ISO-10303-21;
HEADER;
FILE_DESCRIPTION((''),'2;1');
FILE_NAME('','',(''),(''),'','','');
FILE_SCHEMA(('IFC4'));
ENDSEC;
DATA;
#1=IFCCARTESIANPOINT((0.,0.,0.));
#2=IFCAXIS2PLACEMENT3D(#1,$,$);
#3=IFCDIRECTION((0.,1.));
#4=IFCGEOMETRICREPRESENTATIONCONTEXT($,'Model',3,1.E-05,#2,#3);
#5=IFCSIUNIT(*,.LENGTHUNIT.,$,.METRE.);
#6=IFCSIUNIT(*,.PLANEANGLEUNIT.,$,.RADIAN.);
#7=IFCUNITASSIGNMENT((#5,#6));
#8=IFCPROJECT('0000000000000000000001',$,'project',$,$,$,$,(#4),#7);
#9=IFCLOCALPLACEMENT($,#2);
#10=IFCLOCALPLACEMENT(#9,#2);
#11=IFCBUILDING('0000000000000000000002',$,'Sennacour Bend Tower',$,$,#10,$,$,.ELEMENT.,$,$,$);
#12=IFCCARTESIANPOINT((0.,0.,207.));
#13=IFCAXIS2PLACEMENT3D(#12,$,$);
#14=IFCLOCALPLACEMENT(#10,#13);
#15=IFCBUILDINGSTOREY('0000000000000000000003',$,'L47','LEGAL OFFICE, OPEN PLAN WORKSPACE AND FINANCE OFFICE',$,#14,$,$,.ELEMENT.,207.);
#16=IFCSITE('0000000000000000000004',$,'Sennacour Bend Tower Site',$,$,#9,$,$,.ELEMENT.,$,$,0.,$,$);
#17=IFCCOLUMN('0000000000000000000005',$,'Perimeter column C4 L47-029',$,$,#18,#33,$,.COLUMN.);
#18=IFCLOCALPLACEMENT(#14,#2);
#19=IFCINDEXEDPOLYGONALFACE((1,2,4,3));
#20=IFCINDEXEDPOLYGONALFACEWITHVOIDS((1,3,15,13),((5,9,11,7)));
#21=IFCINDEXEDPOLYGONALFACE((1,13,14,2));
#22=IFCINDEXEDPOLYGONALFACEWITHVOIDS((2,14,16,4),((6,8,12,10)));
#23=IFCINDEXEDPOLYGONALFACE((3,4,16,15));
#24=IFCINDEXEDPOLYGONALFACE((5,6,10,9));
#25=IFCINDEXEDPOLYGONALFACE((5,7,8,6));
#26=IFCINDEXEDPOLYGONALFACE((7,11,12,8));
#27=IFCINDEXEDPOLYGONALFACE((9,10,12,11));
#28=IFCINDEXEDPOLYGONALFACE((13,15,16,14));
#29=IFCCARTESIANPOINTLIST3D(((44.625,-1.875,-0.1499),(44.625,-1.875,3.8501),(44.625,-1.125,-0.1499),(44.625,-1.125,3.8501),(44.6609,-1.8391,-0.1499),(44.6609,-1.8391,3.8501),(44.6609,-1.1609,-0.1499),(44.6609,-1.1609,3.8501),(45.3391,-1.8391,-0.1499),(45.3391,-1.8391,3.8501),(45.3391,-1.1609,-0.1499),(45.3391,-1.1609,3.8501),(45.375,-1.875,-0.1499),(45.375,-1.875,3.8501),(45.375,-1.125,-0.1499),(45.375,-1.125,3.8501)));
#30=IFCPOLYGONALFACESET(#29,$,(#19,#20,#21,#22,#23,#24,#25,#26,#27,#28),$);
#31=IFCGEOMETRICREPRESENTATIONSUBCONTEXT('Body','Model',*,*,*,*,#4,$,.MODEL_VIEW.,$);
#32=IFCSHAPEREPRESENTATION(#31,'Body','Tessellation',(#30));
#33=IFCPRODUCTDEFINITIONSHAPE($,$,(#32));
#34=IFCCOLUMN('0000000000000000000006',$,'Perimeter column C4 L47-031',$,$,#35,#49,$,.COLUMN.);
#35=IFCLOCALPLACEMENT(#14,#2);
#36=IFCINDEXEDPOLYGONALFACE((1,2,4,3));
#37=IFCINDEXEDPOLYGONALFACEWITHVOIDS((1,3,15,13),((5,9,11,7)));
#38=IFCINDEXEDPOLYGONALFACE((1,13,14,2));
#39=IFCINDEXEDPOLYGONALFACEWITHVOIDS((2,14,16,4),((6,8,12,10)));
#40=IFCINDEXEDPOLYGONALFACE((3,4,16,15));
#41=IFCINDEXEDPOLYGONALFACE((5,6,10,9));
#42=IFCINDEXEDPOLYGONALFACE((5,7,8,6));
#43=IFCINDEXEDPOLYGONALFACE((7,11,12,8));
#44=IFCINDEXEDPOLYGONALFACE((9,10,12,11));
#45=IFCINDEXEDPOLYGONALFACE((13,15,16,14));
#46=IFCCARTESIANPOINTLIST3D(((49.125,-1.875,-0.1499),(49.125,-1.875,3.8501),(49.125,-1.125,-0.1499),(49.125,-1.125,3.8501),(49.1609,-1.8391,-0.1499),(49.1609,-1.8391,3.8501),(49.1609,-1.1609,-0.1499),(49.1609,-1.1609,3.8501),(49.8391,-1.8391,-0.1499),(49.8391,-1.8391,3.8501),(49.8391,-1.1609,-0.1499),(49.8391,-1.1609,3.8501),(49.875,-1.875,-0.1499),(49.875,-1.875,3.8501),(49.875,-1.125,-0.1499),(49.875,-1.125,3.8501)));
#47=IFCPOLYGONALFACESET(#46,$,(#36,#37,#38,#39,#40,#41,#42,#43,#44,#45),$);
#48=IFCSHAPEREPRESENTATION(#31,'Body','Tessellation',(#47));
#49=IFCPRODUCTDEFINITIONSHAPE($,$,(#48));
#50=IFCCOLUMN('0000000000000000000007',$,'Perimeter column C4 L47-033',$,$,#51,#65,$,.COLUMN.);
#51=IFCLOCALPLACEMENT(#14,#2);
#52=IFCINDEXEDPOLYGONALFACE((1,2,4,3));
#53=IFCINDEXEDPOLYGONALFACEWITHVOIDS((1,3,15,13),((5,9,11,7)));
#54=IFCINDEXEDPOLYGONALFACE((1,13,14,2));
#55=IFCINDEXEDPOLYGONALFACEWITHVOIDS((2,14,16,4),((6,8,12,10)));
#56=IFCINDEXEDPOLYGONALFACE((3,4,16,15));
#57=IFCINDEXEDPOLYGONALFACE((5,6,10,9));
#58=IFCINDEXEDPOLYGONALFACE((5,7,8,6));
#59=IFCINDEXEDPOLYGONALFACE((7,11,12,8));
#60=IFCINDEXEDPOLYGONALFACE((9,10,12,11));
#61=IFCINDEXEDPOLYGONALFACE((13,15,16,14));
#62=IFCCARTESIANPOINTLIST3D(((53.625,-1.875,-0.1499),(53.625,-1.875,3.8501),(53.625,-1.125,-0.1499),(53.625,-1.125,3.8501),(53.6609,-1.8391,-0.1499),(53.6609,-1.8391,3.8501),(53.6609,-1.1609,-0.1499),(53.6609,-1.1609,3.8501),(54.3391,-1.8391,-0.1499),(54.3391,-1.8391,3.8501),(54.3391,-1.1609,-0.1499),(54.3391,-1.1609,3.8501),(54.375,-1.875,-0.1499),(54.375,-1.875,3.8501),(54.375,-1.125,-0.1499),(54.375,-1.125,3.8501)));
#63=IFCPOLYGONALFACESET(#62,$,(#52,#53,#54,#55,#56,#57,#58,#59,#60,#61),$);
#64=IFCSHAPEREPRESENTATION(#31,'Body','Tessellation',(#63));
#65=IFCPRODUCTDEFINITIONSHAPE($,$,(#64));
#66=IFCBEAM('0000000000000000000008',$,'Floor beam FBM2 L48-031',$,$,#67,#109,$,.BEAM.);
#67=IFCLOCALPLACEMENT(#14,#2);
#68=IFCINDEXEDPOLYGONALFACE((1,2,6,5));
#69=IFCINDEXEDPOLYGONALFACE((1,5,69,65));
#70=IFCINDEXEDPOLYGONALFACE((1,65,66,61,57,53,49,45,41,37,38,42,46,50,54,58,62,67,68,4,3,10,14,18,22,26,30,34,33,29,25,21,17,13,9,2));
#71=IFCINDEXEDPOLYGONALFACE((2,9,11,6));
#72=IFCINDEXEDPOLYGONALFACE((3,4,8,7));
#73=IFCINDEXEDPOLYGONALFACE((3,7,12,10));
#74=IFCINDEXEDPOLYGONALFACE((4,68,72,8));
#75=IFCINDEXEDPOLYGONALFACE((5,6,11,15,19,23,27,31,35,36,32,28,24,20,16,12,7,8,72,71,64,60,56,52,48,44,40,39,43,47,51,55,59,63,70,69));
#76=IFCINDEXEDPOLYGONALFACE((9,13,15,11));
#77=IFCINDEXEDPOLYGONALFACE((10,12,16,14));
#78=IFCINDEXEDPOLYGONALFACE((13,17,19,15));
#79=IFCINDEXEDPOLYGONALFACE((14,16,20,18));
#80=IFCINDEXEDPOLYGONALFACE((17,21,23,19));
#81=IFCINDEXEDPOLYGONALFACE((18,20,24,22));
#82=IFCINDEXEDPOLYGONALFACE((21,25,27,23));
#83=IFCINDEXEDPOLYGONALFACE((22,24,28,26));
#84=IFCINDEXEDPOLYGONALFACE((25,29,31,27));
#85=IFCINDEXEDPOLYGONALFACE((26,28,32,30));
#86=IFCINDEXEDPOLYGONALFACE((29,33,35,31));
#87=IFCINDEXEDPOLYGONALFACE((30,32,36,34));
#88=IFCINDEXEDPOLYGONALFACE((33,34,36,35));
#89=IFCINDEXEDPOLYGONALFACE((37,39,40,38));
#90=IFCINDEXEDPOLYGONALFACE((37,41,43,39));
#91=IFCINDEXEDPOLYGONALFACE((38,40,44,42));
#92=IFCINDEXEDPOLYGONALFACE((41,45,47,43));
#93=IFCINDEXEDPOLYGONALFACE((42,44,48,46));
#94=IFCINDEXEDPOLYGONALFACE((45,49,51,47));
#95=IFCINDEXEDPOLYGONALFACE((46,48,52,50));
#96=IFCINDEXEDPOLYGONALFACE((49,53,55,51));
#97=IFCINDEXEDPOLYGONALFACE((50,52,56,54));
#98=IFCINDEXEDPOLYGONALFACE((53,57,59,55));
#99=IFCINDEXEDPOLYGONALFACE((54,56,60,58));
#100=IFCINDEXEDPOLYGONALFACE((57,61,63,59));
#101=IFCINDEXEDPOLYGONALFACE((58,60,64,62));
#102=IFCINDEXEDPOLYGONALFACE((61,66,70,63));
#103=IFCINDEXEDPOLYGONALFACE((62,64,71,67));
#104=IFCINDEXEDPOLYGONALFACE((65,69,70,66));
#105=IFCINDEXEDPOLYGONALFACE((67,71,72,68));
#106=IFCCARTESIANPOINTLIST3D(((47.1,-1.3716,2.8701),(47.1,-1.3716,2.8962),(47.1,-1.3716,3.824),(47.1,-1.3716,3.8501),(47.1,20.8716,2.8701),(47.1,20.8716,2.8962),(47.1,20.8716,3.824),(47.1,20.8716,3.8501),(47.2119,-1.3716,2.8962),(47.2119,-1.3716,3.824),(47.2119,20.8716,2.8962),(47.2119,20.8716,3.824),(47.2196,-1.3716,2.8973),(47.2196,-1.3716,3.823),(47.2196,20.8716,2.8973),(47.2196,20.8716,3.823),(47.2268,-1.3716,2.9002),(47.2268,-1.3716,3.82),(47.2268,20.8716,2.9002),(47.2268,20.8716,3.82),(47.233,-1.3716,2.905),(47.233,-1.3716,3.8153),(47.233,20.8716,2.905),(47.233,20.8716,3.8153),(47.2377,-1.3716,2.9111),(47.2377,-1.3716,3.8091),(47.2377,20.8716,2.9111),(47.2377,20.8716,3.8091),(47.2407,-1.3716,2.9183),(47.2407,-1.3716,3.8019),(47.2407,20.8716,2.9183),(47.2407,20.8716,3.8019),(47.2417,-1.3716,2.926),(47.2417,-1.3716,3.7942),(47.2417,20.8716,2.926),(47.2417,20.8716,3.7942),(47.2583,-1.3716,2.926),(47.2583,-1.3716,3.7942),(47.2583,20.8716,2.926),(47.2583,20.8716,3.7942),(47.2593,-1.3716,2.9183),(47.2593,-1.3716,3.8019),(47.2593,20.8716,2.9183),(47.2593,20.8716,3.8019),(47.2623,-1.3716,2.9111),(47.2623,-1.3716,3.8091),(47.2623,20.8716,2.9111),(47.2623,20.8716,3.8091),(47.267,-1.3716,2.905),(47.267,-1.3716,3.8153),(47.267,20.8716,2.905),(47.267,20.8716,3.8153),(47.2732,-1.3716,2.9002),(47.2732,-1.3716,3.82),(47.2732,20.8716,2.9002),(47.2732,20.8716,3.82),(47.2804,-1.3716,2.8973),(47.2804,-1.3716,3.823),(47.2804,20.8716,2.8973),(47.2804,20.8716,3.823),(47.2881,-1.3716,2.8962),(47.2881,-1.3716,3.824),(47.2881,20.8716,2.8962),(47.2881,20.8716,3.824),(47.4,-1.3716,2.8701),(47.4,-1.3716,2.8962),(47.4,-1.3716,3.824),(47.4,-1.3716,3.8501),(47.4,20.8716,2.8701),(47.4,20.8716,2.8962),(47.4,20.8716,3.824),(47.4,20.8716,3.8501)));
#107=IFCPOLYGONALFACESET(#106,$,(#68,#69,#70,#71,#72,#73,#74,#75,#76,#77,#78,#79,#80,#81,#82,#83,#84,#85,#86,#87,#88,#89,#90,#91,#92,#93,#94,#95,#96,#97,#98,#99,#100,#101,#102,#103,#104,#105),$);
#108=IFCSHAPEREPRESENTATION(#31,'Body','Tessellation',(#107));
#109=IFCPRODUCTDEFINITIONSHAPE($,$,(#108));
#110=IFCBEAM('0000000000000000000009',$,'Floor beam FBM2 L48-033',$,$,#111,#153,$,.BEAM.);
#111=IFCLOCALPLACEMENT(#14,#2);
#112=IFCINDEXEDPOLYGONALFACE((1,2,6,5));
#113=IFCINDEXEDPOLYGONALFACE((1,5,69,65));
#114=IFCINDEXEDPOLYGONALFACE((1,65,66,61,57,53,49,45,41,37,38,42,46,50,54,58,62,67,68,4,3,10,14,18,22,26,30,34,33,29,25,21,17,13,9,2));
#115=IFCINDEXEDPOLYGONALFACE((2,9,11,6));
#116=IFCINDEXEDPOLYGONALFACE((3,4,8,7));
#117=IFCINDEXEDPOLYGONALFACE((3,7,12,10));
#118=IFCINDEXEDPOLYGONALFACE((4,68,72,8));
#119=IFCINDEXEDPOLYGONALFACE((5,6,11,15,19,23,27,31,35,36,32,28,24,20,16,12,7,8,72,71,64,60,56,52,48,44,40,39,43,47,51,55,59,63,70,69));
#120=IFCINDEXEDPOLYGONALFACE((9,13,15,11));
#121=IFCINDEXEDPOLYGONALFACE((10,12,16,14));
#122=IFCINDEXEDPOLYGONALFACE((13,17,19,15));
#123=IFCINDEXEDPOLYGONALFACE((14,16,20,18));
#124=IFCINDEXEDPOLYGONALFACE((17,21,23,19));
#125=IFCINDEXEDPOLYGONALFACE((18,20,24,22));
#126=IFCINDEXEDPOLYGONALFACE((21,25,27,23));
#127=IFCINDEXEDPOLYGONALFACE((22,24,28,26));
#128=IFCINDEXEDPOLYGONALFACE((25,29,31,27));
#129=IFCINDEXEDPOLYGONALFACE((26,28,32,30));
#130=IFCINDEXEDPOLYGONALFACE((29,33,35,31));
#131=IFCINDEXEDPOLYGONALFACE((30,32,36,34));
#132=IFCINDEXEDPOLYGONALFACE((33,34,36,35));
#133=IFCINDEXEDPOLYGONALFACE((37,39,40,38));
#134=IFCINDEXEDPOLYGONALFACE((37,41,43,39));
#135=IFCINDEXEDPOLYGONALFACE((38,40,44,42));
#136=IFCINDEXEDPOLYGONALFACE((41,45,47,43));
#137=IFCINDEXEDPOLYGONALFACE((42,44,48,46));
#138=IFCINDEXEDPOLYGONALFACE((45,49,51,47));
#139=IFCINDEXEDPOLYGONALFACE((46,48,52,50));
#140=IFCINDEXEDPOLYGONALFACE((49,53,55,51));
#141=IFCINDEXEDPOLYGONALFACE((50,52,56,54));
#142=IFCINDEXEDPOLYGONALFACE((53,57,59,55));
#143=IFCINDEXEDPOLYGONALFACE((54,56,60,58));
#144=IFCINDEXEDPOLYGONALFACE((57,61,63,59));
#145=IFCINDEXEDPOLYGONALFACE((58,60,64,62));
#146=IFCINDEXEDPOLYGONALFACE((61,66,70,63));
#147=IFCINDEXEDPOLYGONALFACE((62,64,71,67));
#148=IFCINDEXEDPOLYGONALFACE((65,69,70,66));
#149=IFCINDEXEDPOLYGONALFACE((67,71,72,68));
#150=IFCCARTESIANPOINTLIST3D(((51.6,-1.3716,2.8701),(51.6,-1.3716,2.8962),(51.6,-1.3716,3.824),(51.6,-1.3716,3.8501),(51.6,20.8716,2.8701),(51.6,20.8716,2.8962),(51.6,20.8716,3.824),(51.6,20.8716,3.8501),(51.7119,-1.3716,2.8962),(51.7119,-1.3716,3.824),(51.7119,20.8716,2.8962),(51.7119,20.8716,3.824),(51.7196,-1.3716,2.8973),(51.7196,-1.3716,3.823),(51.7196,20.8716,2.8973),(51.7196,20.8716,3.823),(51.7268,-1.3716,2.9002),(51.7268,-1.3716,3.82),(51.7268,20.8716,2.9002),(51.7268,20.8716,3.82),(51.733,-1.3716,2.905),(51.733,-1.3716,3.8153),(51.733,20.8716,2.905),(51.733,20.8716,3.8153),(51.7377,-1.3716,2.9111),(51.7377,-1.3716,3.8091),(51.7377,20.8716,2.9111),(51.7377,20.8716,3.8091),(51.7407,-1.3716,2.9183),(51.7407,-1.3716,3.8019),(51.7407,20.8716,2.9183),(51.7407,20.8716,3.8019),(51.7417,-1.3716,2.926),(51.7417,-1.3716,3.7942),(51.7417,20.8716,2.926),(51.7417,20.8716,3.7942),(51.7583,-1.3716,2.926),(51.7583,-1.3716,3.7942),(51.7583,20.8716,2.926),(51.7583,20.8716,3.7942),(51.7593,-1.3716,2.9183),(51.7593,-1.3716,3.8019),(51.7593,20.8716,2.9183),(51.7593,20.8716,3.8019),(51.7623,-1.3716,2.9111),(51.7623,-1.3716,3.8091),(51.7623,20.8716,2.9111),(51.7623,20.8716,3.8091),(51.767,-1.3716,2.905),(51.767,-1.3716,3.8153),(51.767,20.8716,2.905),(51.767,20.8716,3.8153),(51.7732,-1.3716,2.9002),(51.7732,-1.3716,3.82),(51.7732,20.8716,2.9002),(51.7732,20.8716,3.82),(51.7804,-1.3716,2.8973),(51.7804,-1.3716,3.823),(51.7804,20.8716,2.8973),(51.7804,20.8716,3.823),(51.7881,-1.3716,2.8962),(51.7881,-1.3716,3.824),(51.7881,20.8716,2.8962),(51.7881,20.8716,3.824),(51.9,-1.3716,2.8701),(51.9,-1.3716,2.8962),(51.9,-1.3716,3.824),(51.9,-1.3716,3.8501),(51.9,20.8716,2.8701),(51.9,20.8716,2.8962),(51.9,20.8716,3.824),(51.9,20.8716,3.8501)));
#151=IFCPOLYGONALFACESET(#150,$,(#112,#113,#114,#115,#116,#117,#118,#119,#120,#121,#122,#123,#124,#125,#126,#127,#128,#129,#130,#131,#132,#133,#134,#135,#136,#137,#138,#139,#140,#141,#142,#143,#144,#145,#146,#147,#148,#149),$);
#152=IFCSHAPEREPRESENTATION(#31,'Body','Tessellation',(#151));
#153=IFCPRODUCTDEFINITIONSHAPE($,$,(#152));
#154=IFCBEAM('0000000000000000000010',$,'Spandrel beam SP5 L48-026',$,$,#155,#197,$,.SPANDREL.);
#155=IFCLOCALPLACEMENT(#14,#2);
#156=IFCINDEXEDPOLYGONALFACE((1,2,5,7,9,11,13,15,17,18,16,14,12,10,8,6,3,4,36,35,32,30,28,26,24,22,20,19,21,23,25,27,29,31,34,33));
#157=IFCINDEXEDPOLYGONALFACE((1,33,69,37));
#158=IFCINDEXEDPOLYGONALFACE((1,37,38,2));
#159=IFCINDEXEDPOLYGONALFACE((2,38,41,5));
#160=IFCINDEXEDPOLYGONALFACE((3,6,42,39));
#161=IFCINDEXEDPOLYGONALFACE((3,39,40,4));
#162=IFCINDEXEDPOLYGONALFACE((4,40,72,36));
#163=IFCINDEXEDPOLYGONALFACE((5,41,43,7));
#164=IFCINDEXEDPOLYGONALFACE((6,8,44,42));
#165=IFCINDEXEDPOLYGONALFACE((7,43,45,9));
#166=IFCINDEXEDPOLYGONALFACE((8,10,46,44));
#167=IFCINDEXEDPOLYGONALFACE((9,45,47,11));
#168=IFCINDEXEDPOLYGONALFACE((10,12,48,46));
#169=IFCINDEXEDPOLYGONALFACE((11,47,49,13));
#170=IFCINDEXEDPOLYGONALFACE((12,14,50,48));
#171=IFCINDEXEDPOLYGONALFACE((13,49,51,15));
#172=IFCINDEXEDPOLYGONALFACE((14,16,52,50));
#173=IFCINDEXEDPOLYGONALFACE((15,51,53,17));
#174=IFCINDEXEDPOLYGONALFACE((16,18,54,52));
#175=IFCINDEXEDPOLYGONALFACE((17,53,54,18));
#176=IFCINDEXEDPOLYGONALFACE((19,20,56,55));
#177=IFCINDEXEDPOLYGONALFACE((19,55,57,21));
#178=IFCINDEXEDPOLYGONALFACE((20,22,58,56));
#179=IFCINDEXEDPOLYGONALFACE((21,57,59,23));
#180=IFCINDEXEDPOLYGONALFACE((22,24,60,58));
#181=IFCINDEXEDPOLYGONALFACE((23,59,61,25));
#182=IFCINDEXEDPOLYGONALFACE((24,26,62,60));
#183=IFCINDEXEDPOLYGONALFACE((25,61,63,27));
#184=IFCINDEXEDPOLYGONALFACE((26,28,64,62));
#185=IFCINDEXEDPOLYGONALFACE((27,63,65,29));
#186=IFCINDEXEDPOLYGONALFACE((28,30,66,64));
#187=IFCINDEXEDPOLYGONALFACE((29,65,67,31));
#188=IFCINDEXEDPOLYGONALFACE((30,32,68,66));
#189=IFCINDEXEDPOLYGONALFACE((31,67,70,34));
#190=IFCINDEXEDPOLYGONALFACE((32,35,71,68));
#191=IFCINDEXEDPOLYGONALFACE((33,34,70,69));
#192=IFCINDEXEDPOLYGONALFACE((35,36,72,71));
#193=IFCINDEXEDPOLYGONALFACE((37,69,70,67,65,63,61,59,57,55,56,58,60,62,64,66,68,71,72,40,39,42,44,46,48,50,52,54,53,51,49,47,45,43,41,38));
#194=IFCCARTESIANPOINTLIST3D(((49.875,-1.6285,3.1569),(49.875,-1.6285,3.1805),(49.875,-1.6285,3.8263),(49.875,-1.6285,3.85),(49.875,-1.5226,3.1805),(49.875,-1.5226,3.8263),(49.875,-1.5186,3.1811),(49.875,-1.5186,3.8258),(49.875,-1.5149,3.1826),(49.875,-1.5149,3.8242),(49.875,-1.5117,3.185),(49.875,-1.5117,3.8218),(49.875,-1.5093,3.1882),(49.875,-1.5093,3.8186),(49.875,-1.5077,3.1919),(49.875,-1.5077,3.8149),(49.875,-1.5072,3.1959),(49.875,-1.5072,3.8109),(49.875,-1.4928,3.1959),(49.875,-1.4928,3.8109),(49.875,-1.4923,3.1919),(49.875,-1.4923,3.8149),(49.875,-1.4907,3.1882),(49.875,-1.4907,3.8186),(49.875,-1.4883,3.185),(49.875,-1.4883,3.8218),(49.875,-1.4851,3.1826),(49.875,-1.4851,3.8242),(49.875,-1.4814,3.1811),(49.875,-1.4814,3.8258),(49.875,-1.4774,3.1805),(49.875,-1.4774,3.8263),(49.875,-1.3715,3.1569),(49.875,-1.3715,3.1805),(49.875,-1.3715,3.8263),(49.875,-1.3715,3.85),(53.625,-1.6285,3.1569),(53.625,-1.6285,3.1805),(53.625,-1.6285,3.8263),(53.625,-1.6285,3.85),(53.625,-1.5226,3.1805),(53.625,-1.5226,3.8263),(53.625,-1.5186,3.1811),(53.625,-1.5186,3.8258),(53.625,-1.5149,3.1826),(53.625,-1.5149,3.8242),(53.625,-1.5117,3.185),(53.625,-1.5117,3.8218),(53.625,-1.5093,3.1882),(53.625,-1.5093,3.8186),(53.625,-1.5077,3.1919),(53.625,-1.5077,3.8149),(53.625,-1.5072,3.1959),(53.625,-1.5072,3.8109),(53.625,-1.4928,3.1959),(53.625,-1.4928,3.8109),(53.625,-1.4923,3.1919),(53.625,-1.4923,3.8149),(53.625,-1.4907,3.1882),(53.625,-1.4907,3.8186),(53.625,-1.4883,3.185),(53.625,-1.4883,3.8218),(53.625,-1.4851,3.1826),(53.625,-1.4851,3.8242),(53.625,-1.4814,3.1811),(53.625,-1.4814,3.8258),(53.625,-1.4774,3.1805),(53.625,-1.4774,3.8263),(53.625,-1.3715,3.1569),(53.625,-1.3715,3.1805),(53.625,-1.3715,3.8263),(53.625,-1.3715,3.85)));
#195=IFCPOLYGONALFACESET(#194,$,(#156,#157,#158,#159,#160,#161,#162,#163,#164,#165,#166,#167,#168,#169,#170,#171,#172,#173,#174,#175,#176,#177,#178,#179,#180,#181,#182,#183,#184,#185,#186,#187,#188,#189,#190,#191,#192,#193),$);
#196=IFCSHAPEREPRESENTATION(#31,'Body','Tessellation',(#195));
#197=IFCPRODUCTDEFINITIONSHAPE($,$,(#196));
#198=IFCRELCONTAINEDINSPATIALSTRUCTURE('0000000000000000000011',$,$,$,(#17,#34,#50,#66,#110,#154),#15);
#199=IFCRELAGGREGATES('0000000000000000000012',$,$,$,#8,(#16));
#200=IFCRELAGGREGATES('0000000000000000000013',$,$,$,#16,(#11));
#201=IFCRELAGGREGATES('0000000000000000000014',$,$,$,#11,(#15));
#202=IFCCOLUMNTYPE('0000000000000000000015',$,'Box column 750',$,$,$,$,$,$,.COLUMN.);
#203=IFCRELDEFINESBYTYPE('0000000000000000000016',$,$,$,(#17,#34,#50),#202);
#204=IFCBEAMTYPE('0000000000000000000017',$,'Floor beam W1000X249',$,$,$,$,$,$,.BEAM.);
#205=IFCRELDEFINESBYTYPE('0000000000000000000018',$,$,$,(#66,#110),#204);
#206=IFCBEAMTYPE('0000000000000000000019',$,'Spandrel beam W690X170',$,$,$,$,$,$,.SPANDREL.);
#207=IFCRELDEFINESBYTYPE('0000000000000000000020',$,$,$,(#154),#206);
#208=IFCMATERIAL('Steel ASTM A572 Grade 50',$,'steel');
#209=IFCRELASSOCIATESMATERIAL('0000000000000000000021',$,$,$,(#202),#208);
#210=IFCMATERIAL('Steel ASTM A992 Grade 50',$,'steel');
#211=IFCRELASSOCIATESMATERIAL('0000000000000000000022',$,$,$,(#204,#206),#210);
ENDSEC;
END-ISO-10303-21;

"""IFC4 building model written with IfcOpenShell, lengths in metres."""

from ifc_helpers import new_model, si_unit, direction, frame, origin, origin_2d, place, context, subcontext, project, spatial, hollow_rectangle, i_section, extrude, material, material_profile, profile_set, type_object, element, save


model = new_model("IFC4")

# Units and contexts
model_context = context("Model", 3, precision=1e-05, world=origin(), true_north=direction((0.0, 1.0)))
body_context = subcontext(model_context, "Body", "Model", "MODEL_VIEW")
ifc_project = project(units=[si_unit("LENGTHUNIT", "METRE"), si_unit("PLANEANGLEUNIT", "RADIAN")], contexts=[model_context])

# Site, building, storey
site_placement = place(None, origin())
site = spatial("IfcSite", under=ifc_project, at=site_placement, Name="Sennacour Bend Tower Site", CompositionType="ELEMENT", RefElevation=0.0)
building_placement = place(site_placement, origin())
building = spatial("IfcBuilding", under=site, at=building_placement, Name="Sennacour Bend Tower", CompositionType="ELEMENT")
storey_placement = place(building_placement, frame((0.0, 0.0, 207.0)))
storey = spatial("IfcBuildingStorey", under=building, at=storey_placement, Name="L47", Description="LEGAL OFFICE, OPEN PLAN WORKSPACE AND FINANCE OFFICE", CompositionType="ELEMENT", Elevation=207.0)

# Columns
ifc_material_1 = material(Name="Steel ASTM A572 Grade 50", Category="steel")
ifc_material_profile_1 = material_profile(ifc_material_1, hollow_rectangle(XDim=0.75, YDim=0.75, WallThickness=0.0359, at=origin_2d()), Name="Steel ASTM A572 Grade 50", Category="steel")
ifc_profile_set_1 = profile_set([ifc_material_profile_1], Name="Steel ASTM A572 Grade 50")
column_type = type_object("IfcColumnType", Name="Box column 750", PredefinedType="COLUMN", material=ifc_profile_set_1)
for number, where, z_axis, x_axis, name in (
    (1, (45.0, -1.5, -0.1499), (0.0, 0.0, 1.0), (1.0, 0.0, 0.0), "Perimeter column C4 L47-029"),
    (2, (49.5, -1.5, -0.1499), (0.0, 0.0, 1.0), (1.0, 0.0, 0.0), "Perimeter column C4 L47-031"),
    (3, (54.0, -1.5, -0.1499), (0.0, 0.0, 1.0), (1.0, 0.0, 0.0), "Perimeter column C4 L47-033"),
):
    element("IfcColumn", number, at=place(storey_placement, frame(where, z_axis=z_axis, x_axis=x_axis)), inside=storey, type_object=column_type, Name=name, PredefinedType="COLUMN", context=body_context, shape_type="SweptSolid", body=[
        extrude(hollow_rectangle(XDim=0.75, YDim=0.75, WallThickness=0.0359, at=origin_2d()), origin(), (0.0, 0.0, 1.0), 4.0),
    ])

# Beams
ifc_material_2 = material(Name="Steel ASTM A992 Grade 50", Category="steel")
ifc_material_profile_2 = material_profile(ifc_material_2, i_section(OverallWidth=0.3, OverallDepth=0.98, WebThickness=0.0166, FlangeThickness=0.0261, FilletRadius=0.0298, at=origin_2d()), Name="Steel ASTM A992 Grade 50", Category="steel")
ifc_profile_set_2 = profile_set([ifc_material_profile_2], Name="Steel ASTM A992 Grade 50")
beam_type_1 = type_object("IfcBeamType", Name="Floor beam W1000X249", PredefinedType="BEAM", material=ifc_profile_set_2)
for number, where, z_axis, x_axis, name in (
    (4, (47.25, -1.3716, 3.3601), (0.0, 1.0, 0.0), (-1.0, 0.0, 0.0), "Floor beam FBM2 L48-031"),
    (5, (51.75, -1.3716, 3.3601), (0.0, 1.0, 0.0), (-1.0, 0.0, 0.0), "Floor beam FBM2 L48-033"),
):
    element("IfcBeam", number, at=place(storey_placement, frame(where, z_axis=z_axis, x_axis=x_axis)), inside=storey, type_object=beam_type_1, Name=name, PredefinedType="BEAM", context=body_context, shape_type="SweptSolid", body=[
        extrude(i_section(OverallWidth=0.3, OverallDepth=0.98, WebThickness=0.0166, FlangeThickness=0.0261, FilletRadius=0.0298, at=origin_2d()), origin(), (0.0, 0.0, 1.0), 22.2432),
    ])
ifc_material_profile_3 = material_profile(ifc_material_2, i_section(OverallWidth=0.2571, OverallDepth=0.6931, WebThickness=0.0144, FlangeThickness=0.0237, FilletRadius=0.0154, at=origin_2d()), Name="Steel ASTM A992 Grade 50", Category="steel")
ifc_profile_set_3 = profile_set([ifc_material_profile_3], Name="Steel ASTM A992 Grade 50")
beam_type_2 = type_object("IfcBeamType", Name="Spandrel beam W690X170", PredefinedType="SPANDREL", material=ifc_profile_set_3)
for number, where, z_axis, x_axis, name in (
    (6, (53.625, -1.5, 3.5034), (-1.0, 0.0, 0.0), (0.0, -1.0, 0.0), "Spandrel beam SP5 L48-026"),
):
    element("IfcBeam", number, at=place(storey_placement, frame(where, z_axis=z_axis, x_axis=x_axis)), inside=storey, type_object=beam_type_2, Name=name, PredefinedType="SPANDREL", context=body_context, shape_type="SweptSolid", body=[
        extrude(i_section(OverallWidth=0.2571, OverallDepth=0.6931, WebThickness=0.0144, FlangeThickness=0.0237, FilletRadius=0.0154, at=origin_2d()), origin(), (0.0, 0.0, 1.0), 3.75),
    ])

save(model, "model.ifc")
